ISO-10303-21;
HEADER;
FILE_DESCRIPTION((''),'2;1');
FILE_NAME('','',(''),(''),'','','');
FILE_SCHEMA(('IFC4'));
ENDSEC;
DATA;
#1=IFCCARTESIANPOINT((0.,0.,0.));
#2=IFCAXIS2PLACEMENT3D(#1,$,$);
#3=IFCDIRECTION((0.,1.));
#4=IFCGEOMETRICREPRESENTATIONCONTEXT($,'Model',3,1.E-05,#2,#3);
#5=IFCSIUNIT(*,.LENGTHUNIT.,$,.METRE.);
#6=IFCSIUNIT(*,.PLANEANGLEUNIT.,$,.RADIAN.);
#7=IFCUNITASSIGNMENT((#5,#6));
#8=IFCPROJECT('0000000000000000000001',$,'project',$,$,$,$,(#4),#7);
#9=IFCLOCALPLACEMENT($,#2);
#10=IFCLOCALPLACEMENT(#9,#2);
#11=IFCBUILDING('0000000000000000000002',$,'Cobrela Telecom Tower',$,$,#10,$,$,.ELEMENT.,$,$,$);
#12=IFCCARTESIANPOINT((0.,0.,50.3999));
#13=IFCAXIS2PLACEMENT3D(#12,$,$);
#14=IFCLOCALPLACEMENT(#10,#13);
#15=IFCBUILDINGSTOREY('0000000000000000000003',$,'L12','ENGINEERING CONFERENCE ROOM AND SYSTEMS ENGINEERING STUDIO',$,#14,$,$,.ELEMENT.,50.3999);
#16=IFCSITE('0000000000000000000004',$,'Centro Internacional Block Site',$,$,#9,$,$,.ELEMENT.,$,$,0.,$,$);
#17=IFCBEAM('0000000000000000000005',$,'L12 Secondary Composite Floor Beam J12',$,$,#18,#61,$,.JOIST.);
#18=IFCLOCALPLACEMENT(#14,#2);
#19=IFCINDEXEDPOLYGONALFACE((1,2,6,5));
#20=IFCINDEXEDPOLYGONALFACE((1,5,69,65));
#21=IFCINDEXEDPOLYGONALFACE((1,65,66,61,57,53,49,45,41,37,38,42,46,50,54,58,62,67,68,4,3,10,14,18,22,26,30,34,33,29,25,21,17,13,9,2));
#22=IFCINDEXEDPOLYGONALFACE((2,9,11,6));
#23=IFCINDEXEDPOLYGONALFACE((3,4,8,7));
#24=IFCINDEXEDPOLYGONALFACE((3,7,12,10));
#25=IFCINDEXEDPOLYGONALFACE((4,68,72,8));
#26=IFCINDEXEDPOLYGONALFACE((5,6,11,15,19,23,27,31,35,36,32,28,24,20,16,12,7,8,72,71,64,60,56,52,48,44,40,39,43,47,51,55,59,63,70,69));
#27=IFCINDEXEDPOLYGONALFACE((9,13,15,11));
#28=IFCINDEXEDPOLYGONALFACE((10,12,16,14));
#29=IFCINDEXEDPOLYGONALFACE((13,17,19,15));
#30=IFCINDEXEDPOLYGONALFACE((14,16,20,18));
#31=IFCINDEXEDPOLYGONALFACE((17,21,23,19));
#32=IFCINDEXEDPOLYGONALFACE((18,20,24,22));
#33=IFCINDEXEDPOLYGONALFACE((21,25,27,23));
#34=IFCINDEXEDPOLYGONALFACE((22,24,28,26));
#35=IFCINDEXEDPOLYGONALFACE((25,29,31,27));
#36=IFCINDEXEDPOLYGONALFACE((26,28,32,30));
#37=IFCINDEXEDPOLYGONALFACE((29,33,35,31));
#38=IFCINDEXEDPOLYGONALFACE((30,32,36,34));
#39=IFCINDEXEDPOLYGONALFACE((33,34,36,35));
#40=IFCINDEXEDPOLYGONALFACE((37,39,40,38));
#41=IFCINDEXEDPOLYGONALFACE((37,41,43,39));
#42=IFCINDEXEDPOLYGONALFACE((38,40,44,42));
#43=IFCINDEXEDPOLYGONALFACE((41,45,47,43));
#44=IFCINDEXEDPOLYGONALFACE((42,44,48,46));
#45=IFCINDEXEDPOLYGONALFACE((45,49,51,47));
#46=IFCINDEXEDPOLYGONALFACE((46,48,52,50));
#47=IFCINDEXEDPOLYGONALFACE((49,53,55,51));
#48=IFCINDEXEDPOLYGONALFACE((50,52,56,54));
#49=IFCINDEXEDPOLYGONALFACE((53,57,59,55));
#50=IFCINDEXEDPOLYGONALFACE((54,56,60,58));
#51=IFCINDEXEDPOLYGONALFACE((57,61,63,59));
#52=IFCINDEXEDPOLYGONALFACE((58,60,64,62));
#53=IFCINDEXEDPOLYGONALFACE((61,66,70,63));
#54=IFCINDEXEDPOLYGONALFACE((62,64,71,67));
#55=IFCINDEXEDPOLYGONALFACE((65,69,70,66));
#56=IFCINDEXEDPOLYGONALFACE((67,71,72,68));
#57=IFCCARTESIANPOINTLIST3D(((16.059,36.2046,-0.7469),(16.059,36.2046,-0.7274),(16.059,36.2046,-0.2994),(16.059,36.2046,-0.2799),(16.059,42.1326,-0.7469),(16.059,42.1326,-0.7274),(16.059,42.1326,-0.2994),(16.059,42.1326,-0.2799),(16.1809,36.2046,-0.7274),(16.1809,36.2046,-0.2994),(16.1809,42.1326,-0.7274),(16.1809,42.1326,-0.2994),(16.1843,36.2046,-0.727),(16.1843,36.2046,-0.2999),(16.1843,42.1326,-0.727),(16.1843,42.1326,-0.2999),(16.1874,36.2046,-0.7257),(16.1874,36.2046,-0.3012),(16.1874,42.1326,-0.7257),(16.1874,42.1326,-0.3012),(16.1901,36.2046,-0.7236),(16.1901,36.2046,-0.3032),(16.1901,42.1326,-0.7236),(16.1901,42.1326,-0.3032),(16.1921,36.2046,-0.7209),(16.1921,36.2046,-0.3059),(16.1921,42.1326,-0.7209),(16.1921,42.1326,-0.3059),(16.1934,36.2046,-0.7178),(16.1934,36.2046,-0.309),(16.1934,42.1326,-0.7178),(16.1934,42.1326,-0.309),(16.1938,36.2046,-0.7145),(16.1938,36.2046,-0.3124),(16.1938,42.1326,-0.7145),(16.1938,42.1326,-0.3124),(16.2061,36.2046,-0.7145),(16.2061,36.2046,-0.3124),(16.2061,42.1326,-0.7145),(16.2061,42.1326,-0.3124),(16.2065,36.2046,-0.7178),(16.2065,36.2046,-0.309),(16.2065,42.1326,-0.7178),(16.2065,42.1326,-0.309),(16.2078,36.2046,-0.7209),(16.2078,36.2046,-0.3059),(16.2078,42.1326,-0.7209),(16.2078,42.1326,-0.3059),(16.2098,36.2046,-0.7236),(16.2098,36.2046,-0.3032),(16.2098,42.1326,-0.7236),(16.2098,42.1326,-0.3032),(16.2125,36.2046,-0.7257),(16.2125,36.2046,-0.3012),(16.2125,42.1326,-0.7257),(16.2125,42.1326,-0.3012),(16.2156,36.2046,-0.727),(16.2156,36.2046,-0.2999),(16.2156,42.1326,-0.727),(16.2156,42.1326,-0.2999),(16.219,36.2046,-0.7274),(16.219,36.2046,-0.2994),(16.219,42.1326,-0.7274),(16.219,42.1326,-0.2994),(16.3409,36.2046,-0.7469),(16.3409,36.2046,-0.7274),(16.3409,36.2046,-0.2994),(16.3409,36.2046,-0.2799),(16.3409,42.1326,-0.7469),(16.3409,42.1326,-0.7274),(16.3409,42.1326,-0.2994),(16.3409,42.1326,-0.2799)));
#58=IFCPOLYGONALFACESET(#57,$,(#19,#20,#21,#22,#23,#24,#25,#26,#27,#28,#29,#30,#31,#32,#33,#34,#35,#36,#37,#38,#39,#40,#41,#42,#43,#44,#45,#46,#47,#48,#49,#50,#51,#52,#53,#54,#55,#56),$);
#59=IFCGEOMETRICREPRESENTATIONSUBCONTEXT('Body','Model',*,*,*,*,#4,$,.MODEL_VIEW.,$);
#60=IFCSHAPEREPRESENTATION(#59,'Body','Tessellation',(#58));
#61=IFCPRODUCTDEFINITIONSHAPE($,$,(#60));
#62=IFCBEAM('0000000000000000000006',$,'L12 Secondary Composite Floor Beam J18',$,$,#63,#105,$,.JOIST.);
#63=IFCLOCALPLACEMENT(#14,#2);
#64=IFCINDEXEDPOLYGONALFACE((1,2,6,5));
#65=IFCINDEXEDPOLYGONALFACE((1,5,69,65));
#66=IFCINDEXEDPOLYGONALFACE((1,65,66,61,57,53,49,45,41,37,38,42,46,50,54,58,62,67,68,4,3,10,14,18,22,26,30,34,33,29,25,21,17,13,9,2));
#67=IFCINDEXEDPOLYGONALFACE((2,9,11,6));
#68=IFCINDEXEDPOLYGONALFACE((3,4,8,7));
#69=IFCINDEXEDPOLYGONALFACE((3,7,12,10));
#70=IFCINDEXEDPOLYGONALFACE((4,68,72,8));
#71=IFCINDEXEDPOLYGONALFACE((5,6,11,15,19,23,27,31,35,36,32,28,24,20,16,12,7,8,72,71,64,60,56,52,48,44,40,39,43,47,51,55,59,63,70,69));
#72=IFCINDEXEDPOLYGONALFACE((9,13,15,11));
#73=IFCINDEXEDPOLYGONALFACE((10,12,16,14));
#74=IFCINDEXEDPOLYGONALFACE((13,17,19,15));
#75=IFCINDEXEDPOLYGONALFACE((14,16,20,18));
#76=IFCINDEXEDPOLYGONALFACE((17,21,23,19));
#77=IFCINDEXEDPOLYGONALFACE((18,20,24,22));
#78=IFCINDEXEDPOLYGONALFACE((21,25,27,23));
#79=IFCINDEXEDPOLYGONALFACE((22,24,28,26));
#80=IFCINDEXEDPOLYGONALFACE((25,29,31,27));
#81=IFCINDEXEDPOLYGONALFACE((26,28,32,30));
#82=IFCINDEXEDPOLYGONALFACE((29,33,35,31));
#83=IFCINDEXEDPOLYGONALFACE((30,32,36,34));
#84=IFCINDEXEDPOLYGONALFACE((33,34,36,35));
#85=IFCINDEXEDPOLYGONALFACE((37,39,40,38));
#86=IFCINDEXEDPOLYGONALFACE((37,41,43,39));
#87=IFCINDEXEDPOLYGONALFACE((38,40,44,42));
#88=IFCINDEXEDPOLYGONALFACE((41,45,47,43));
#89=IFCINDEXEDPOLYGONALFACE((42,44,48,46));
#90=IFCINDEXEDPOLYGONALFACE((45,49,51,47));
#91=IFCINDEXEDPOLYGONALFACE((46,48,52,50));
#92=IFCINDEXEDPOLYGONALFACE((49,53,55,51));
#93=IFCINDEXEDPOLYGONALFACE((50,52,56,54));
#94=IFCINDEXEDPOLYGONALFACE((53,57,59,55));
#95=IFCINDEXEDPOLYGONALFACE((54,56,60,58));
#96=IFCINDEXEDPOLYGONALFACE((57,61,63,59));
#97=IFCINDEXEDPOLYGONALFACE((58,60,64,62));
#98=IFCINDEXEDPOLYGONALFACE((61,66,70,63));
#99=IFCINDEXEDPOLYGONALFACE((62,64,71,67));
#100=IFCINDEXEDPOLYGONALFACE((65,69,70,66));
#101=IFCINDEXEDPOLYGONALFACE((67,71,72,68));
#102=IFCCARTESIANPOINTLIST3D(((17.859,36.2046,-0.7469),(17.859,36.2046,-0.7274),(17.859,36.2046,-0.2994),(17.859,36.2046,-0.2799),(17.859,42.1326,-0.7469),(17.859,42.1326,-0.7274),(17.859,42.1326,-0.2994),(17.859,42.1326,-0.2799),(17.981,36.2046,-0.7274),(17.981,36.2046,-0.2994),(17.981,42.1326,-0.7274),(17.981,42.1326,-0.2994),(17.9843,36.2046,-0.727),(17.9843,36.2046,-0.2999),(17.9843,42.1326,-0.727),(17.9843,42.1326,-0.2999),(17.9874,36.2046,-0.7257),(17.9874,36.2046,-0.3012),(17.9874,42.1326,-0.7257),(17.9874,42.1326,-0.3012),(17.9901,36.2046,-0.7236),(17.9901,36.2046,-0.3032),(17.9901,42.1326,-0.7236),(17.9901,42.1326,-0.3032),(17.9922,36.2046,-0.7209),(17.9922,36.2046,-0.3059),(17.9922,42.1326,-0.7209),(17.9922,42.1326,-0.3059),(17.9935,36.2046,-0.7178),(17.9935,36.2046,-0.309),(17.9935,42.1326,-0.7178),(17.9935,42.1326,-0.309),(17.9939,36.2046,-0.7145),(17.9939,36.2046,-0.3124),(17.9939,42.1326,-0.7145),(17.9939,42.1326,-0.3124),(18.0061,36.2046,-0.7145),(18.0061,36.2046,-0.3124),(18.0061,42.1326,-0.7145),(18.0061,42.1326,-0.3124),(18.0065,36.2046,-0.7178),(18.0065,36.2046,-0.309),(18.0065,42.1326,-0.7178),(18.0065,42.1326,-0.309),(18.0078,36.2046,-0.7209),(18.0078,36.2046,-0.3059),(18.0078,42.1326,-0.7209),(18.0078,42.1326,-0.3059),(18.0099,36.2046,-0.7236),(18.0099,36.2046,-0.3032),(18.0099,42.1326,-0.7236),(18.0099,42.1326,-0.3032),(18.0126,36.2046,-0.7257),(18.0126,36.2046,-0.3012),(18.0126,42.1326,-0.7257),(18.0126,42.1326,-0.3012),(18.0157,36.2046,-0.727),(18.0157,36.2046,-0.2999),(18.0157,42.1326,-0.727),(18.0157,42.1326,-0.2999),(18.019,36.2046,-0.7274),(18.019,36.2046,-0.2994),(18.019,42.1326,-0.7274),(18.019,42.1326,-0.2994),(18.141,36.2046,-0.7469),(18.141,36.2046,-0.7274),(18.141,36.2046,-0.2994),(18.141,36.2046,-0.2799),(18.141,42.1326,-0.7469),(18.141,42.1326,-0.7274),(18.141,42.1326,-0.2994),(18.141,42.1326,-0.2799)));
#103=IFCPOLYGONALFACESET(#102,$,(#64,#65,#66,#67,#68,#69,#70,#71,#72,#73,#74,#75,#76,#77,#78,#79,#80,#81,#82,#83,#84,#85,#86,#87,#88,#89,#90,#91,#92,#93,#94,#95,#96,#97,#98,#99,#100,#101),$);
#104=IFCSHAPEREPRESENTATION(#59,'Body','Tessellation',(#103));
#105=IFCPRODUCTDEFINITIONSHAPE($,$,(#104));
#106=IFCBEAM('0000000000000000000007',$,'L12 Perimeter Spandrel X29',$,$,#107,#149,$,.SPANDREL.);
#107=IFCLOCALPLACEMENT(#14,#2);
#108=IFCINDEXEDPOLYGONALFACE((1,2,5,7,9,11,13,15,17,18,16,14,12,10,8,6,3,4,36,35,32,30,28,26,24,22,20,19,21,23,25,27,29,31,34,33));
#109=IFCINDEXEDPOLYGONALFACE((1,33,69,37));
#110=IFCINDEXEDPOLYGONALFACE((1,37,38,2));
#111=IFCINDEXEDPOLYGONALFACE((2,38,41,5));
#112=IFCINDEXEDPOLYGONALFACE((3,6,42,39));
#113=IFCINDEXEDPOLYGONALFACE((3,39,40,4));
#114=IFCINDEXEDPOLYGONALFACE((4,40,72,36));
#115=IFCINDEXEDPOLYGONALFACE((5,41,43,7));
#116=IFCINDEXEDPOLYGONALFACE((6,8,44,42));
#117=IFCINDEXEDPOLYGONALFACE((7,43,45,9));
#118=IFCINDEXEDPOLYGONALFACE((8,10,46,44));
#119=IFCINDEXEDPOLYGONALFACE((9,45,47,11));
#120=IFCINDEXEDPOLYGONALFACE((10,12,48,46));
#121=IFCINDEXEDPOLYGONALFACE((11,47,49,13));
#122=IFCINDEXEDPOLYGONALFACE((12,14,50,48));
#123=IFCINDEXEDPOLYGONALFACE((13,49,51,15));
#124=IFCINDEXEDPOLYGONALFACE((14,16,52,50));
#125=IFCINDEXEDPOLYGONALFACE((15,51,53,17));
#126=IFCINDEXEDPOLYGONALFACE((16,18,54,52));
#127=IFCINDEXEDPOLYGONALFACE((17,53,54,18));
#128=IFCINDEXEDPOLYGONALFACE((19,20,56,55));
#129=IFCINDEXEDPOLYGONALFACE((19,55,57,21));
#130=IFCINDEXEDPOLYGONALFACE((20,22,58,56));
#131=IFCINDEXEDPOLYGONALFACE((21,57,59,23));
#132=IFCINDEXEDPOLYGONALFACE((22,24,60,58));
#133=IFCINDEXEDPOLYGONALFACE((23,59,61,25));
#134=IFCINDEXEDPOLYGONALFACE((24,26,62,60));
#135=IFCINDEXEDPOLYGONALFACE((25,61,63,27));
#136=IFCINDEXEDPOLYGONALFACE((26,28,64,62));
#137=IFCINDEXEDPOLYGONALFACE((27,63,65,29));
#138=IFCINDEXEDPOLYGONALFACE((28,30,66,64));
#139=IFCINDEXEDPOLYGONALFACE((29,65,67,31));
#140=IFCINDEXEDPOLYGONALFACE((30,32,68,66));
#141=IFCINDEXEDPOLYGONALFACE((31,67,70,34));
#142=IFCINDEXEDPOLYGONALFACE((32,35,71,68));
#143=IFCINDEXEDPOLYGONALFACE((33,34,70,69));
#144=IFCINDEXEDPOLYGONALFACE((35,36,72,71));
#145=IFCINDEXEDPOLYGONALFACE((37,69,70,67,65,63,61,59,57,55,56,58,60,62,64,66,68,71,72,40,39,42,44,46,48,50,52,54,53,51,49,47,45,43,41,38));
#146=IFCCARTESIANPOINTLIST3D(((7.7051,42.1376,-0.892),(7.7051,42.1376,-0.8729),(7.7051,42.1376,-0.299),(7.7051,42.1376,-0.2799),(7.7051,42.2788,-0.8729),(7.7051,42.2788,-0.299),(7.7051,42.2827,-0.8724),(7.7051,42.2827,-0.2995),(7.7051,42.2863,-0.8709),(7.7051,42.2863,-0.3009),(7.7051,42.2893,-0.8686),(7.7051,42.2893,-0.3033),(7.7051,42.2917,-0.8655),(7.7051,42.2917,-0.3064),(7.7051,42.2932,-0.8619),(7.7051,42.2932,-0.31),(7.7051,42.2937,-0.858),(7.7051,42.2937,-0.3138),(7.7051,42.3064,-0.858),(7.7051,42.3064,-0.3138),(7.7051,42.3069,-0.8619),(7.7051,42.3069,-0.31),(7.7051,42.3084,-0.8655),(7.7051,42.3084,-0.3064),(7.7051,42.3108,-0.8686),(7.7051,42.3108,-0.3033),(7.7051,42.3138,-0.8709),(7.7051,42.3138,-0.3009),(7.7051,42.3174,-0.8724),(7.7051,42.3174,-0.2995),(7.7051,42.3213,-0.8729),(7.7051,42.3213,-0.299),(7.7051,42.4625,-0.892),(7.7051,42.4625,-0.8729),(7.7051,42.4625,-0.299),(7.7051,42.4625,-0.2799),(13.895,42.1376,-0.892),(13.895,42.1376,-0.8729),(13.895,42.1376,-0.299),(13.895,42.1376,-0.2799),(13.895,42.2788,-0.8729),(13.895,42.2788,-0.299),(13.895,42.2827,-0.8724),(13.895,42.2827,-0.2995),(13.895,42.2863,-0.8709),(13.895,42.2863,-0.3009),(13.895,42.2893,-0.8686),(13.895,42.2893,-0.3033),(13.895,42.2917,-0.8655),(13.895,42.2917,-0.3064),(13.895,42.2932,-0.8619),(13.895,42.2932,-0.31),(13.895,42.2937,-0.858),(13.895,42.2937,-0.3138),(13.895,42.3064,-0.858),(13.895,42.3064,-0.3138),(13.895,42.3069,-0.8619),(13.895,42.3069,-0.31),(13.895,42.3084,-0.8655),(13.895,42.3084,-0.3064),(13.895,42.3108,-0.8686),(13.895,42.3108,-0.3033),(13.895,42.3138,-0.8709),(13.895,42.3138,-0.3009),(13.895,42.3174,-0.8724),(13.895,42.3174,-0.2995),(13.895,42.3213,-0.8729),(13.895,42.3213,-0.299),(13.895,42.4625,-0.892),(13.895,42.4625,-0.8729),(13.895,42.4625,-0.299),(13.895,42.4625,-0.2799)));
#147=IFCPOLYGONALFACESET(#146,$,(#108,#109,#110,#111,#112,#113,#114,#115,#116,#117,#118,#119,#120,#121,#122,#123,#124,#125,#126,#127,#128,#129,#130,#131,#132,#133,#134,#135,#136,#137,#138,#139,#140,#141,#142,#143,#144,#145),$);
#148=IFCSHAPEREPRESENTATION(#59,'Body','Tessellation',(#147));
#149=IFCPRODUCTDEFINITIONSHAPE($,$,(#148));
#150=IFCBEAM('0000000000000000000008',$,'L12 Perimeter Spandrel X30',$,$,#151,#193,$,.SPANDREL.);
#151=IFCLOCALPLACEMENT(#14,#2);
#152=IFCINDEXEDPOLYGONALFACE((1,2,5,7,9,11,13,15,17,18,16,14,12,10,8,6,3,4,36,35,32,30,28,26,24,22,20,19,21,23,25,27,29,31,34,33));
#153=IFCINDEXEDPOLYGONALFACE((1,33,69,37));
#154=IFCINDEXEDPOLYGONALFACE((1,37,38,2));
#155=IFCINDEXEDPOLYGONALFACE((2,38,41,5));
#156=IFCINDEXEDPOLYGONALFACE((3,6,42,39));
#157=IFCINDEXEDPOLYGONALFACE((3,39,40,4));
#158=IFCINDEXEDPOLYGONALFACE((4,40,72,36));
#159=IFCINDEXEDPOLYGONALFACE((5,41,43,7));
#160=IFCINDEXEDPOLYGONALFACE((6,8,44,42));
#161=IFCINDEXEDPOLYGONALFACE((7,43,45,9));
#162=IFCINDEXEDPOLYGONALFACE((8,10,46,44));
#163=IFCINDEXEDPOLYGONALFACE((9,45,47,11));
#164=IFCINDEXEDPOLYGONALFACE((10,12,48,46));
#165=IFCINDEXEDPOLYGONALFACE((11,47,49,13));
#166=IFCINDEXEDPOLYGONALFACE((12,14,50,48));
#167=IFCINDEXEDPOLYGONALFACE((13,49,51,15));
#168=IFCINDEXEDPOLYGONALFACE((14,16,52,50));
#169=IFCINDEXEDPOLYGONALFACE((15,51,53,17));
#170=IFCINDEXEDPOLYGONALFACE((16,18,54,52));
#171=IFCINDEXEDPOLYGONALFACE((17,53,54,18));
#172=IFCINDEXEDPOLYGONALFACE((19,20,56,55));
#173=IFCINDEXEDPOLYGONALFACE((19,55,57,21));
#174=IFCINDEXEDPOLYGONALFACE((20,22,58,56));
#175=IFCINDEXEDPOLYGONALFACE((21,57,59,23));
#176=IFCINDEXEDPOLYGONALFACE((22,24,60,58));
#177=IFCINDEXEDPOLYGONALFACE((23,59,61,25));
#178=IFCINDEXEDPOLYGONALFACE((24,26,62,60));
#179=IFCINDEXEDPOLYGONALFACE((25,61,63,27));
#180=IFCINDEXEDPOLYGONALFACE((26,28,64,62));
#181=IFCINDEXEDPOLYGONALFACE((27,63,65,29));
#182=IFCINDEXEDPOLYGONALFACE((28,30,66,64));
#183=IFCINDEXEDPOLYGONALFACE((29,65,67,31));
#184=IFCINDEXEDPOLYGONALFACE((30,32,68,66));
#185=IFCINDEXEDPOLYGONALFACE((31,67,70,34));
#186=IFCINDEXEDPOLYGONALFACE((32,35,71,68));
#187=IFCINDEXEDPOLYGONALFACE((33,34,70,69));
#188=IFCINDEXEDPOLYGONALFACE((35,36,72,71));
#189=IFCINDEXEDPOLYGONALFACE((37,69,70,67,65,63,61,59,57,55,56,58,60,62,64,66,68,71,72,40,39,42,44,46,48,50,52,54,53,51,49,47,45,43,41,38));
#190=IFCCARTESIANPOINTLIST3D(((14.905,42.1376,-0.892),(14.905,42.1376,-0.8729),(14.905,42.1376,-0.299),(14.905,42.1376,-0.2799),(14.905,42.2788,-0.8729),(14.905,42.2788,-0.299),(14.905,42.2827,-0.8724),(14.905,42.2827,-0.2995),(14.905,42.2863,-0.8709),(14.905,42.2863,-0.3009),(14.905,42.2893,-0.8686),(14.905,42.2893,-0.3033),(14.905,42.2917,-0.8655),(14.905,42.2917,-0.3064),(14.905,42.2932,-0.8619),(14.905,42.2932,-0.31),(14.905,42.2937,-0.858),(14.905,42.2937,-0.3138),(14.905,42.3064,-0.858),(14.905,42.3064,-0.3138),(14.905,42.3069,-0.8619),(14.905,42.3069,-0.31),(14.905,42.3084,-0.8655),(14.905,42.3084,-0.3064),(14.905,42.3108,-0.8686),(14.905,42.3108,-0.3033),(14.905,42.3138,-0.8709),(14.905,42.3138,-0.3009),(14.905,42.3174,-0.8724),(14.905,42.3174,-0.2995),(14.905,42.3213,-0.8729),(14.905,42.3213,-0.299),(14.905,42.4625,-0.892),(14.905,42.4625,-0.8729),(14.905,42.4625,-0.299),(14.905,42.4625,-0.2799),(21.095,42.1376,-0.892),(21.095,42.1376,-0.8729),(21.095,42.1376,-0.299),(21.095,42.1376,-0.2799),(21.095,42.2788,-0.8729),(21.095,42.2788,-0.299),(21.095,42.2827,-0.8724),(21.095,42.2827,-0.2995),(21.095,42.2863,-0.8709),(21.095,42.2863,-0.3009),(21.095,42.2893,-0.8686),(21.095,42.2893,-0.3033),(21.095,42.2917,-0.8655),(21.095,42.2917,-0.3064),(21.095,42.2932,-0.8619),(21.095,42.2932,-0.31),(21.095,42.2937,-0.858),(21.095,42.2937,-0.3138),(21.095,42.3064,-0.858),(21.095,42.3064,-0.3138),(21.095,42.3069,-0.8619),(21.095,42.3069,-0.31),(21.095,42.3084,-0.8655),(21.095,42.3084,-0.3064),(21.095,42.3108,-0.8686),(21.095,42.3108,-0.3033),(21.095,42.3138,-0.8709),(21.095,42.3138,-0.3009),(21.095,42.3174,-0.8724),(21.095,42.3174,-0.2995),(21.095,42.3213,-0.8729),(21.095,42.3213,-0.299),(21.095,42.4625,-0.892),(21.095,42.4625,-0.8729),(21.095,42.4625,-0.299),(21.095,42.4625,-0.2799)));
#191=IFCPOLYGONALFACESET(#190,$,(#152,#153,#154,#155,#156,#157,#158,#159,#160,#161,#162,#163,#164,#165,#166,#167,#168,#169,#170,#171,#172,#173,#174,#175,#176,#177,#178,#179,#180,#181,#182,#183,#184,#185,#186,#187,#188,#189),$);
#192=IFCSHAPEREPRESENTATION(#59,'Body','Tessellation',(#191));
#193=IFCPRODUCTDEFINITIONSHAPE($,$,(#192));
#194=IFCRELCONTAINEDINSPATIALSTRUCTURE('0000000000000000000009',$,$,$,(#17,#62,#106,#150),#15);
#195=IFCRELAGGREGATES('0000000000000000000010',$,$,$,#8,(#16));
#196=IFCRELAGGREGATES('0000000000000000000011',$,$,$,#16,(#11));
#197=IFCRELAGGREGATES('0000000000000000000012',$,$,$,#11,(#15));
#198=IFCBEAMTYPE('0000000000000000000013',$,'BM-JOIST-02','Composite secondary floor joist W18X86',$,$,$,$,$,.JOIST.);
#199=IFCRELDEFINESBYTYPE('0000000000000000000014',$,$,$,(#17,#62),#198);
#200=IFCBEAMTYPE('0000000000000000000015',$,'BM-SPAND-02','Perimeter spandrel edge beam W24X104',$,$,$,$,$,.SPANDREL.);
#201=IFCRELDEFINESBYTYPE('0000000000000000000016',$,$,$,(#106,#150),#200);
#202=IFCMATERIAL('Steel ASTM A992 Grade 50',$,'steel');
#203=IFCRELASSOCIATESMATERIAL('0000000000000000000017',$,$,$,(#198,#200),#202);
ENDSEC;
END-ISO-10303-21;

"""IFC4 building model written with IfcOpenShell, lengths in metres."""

from ifc_helpers import new_model, si_unit, direction, frame, origin, origin_2d, place, context, subcontext, project, spatial, i_section, extrude, material, material_profile, profile_set, type_object, element, save


model = new_model("IFC4")

# Units and contexts
model_context = context("Model", 3, precision=1e-05, world=origin(), true_north=direction((0.0, 1.0)))
body_context = subcontext(model_context, "Body", "Model", "MODEL_VIEW")
ifc_project = project(units=[si_unit("LENGTHUNIT", "METRE"), si_unit("PLANEANGLEUNIT", "RADIAN")], contexts=[model_context])

# Site, building, storey
site_placement = place(None, origin())
site = spatial("IfcSite", under=ifc_project, at=site_placement, Name="Centro Internacional Block Site", CompositionType="ELEMENT", RefElevation=0.0)
building_placement = place(site_placement, origin())
building = spatial("IfcBuilding", under=site, at=building_placement, Name="Cobrela Telecom Tower", CompositionType="ELEMENT")
storey_placement = place(building_placement, frame((0.0, 0.0, 50.3999)))
storey = spatial("IfcBuildingStorey", under=building, at=storey_placement, Name="L12", Description="ENGINEERING CONFERENCE ROOM AND SYSTEMS ENGINEERING STUDIO", CompositionType="ELEMENT", Elevation=50.3999)

# Beams
ifc_material_1 = material(Name="Steel ASTM A992 Grade 50", Category="steel")
ifc_material_profile_1 = material_profile(ifc_material_1, i_section(OverallWidth=0.282, OverallDepth=0.467, WebThickness=0.0122, FlangeThickness=0.0195, FilletRadius=0.0129, at=origin_2d()), Name="W18X86")
ifc_profile_set_1 = profile_set([ifc_material_profile_1], Name="Steel ASTM A992 Grade 50")
beam_type_1 = type_object("IfcBeamType", Name="BM-JOIST-02", Description="Composite secondary floor joist W18X86", PredefinedType="JOIST", material=ifc_profile_set_1)
for number, where, z_axis, x_axis, name in (
    (1, (16.2, 36.2046, -0.5134), (0.0, 1.0, 0.0), (-1.0, 0.0, 0.0), "L12 Secondary Composite Floor Beam J12"),
    (2, (18.0, 36.2046, -0.5134), (0.0, 1.0, 0.0), (-1.0, 0.0, 0.0), "L12 Secondary Composite Floor Beam J18"),
):
    element("IfcBeam", number, at=place(storey_placement, frame(where, z_axis=z_axis, x_axis=x_axis)), inside=storey, type_object=beam_type_1, Name=name, PredefinedType="JOIST", context=body_context, shape_type="SweptSolid", body=[
        extrude(i_section(OverallWidth=0.282, OverallDepth=0.467, WebThickness=0.0122, FlangeThickness=0.0195, FilletRadius=0.0129, at=origin_2d()), origin(), (0.0, 0.0, 1.0), 5.928),
    ])
ifc_material_profile_2 = material_profile(ifc_material_1, i_section(OverallWidth=0.325, OverallDepth=0.6121, WebThickness=0.0127, FlangeThickness=0.019, FilletRadius=0.0149, at=origin_2d()), Name="W24X104")
ifc_profile_set_2 = profile_set([ifc_material_profile_2], Name="Steel ASTM A992 Grade 50")
beam_type_2 = type_object("IfcBeamType", Name="BM-SPAND-02", Description="Perimeter spandrel edge beam W24X104", PredefinedType="SPANDREL", material=ifc_profile_set_2)
for number, where, z_axis, x_axis, name in (
    (3, (7.7051, 42.3, -0.5859), (1.0, 0.0, 0.0), (0.0, 1.0, 0.0), "L12 Perimeter Spandrel X29"),
    (4, (14.905, 42.3, -0.5859), (1.0, 0.0, 0.0), (0.0, 1.0, 0.0), "L12 Perimeter Spandrel X30"),
):
    element("IfcBeam", number, at=place(storey_placement, frame(where, z_axis=z_axis, x_axis=x_axis)), inside=storey, type_object=beam_type_2, Name=name, PredefinedType="SPANDREL", context=body_context, shape_type="SweptSolid", body=[
        extrude(i_section(OverallWidth=0.325, OverallDepth=0.6121, WebThickness=0.0127, FlangeThickness=0.019, FilletRadius=0.0149, at=origin_2d()), origin(), (0.0, 0.0, 1.0), 6.1899),
    ])

save(model, "model.ifc")
